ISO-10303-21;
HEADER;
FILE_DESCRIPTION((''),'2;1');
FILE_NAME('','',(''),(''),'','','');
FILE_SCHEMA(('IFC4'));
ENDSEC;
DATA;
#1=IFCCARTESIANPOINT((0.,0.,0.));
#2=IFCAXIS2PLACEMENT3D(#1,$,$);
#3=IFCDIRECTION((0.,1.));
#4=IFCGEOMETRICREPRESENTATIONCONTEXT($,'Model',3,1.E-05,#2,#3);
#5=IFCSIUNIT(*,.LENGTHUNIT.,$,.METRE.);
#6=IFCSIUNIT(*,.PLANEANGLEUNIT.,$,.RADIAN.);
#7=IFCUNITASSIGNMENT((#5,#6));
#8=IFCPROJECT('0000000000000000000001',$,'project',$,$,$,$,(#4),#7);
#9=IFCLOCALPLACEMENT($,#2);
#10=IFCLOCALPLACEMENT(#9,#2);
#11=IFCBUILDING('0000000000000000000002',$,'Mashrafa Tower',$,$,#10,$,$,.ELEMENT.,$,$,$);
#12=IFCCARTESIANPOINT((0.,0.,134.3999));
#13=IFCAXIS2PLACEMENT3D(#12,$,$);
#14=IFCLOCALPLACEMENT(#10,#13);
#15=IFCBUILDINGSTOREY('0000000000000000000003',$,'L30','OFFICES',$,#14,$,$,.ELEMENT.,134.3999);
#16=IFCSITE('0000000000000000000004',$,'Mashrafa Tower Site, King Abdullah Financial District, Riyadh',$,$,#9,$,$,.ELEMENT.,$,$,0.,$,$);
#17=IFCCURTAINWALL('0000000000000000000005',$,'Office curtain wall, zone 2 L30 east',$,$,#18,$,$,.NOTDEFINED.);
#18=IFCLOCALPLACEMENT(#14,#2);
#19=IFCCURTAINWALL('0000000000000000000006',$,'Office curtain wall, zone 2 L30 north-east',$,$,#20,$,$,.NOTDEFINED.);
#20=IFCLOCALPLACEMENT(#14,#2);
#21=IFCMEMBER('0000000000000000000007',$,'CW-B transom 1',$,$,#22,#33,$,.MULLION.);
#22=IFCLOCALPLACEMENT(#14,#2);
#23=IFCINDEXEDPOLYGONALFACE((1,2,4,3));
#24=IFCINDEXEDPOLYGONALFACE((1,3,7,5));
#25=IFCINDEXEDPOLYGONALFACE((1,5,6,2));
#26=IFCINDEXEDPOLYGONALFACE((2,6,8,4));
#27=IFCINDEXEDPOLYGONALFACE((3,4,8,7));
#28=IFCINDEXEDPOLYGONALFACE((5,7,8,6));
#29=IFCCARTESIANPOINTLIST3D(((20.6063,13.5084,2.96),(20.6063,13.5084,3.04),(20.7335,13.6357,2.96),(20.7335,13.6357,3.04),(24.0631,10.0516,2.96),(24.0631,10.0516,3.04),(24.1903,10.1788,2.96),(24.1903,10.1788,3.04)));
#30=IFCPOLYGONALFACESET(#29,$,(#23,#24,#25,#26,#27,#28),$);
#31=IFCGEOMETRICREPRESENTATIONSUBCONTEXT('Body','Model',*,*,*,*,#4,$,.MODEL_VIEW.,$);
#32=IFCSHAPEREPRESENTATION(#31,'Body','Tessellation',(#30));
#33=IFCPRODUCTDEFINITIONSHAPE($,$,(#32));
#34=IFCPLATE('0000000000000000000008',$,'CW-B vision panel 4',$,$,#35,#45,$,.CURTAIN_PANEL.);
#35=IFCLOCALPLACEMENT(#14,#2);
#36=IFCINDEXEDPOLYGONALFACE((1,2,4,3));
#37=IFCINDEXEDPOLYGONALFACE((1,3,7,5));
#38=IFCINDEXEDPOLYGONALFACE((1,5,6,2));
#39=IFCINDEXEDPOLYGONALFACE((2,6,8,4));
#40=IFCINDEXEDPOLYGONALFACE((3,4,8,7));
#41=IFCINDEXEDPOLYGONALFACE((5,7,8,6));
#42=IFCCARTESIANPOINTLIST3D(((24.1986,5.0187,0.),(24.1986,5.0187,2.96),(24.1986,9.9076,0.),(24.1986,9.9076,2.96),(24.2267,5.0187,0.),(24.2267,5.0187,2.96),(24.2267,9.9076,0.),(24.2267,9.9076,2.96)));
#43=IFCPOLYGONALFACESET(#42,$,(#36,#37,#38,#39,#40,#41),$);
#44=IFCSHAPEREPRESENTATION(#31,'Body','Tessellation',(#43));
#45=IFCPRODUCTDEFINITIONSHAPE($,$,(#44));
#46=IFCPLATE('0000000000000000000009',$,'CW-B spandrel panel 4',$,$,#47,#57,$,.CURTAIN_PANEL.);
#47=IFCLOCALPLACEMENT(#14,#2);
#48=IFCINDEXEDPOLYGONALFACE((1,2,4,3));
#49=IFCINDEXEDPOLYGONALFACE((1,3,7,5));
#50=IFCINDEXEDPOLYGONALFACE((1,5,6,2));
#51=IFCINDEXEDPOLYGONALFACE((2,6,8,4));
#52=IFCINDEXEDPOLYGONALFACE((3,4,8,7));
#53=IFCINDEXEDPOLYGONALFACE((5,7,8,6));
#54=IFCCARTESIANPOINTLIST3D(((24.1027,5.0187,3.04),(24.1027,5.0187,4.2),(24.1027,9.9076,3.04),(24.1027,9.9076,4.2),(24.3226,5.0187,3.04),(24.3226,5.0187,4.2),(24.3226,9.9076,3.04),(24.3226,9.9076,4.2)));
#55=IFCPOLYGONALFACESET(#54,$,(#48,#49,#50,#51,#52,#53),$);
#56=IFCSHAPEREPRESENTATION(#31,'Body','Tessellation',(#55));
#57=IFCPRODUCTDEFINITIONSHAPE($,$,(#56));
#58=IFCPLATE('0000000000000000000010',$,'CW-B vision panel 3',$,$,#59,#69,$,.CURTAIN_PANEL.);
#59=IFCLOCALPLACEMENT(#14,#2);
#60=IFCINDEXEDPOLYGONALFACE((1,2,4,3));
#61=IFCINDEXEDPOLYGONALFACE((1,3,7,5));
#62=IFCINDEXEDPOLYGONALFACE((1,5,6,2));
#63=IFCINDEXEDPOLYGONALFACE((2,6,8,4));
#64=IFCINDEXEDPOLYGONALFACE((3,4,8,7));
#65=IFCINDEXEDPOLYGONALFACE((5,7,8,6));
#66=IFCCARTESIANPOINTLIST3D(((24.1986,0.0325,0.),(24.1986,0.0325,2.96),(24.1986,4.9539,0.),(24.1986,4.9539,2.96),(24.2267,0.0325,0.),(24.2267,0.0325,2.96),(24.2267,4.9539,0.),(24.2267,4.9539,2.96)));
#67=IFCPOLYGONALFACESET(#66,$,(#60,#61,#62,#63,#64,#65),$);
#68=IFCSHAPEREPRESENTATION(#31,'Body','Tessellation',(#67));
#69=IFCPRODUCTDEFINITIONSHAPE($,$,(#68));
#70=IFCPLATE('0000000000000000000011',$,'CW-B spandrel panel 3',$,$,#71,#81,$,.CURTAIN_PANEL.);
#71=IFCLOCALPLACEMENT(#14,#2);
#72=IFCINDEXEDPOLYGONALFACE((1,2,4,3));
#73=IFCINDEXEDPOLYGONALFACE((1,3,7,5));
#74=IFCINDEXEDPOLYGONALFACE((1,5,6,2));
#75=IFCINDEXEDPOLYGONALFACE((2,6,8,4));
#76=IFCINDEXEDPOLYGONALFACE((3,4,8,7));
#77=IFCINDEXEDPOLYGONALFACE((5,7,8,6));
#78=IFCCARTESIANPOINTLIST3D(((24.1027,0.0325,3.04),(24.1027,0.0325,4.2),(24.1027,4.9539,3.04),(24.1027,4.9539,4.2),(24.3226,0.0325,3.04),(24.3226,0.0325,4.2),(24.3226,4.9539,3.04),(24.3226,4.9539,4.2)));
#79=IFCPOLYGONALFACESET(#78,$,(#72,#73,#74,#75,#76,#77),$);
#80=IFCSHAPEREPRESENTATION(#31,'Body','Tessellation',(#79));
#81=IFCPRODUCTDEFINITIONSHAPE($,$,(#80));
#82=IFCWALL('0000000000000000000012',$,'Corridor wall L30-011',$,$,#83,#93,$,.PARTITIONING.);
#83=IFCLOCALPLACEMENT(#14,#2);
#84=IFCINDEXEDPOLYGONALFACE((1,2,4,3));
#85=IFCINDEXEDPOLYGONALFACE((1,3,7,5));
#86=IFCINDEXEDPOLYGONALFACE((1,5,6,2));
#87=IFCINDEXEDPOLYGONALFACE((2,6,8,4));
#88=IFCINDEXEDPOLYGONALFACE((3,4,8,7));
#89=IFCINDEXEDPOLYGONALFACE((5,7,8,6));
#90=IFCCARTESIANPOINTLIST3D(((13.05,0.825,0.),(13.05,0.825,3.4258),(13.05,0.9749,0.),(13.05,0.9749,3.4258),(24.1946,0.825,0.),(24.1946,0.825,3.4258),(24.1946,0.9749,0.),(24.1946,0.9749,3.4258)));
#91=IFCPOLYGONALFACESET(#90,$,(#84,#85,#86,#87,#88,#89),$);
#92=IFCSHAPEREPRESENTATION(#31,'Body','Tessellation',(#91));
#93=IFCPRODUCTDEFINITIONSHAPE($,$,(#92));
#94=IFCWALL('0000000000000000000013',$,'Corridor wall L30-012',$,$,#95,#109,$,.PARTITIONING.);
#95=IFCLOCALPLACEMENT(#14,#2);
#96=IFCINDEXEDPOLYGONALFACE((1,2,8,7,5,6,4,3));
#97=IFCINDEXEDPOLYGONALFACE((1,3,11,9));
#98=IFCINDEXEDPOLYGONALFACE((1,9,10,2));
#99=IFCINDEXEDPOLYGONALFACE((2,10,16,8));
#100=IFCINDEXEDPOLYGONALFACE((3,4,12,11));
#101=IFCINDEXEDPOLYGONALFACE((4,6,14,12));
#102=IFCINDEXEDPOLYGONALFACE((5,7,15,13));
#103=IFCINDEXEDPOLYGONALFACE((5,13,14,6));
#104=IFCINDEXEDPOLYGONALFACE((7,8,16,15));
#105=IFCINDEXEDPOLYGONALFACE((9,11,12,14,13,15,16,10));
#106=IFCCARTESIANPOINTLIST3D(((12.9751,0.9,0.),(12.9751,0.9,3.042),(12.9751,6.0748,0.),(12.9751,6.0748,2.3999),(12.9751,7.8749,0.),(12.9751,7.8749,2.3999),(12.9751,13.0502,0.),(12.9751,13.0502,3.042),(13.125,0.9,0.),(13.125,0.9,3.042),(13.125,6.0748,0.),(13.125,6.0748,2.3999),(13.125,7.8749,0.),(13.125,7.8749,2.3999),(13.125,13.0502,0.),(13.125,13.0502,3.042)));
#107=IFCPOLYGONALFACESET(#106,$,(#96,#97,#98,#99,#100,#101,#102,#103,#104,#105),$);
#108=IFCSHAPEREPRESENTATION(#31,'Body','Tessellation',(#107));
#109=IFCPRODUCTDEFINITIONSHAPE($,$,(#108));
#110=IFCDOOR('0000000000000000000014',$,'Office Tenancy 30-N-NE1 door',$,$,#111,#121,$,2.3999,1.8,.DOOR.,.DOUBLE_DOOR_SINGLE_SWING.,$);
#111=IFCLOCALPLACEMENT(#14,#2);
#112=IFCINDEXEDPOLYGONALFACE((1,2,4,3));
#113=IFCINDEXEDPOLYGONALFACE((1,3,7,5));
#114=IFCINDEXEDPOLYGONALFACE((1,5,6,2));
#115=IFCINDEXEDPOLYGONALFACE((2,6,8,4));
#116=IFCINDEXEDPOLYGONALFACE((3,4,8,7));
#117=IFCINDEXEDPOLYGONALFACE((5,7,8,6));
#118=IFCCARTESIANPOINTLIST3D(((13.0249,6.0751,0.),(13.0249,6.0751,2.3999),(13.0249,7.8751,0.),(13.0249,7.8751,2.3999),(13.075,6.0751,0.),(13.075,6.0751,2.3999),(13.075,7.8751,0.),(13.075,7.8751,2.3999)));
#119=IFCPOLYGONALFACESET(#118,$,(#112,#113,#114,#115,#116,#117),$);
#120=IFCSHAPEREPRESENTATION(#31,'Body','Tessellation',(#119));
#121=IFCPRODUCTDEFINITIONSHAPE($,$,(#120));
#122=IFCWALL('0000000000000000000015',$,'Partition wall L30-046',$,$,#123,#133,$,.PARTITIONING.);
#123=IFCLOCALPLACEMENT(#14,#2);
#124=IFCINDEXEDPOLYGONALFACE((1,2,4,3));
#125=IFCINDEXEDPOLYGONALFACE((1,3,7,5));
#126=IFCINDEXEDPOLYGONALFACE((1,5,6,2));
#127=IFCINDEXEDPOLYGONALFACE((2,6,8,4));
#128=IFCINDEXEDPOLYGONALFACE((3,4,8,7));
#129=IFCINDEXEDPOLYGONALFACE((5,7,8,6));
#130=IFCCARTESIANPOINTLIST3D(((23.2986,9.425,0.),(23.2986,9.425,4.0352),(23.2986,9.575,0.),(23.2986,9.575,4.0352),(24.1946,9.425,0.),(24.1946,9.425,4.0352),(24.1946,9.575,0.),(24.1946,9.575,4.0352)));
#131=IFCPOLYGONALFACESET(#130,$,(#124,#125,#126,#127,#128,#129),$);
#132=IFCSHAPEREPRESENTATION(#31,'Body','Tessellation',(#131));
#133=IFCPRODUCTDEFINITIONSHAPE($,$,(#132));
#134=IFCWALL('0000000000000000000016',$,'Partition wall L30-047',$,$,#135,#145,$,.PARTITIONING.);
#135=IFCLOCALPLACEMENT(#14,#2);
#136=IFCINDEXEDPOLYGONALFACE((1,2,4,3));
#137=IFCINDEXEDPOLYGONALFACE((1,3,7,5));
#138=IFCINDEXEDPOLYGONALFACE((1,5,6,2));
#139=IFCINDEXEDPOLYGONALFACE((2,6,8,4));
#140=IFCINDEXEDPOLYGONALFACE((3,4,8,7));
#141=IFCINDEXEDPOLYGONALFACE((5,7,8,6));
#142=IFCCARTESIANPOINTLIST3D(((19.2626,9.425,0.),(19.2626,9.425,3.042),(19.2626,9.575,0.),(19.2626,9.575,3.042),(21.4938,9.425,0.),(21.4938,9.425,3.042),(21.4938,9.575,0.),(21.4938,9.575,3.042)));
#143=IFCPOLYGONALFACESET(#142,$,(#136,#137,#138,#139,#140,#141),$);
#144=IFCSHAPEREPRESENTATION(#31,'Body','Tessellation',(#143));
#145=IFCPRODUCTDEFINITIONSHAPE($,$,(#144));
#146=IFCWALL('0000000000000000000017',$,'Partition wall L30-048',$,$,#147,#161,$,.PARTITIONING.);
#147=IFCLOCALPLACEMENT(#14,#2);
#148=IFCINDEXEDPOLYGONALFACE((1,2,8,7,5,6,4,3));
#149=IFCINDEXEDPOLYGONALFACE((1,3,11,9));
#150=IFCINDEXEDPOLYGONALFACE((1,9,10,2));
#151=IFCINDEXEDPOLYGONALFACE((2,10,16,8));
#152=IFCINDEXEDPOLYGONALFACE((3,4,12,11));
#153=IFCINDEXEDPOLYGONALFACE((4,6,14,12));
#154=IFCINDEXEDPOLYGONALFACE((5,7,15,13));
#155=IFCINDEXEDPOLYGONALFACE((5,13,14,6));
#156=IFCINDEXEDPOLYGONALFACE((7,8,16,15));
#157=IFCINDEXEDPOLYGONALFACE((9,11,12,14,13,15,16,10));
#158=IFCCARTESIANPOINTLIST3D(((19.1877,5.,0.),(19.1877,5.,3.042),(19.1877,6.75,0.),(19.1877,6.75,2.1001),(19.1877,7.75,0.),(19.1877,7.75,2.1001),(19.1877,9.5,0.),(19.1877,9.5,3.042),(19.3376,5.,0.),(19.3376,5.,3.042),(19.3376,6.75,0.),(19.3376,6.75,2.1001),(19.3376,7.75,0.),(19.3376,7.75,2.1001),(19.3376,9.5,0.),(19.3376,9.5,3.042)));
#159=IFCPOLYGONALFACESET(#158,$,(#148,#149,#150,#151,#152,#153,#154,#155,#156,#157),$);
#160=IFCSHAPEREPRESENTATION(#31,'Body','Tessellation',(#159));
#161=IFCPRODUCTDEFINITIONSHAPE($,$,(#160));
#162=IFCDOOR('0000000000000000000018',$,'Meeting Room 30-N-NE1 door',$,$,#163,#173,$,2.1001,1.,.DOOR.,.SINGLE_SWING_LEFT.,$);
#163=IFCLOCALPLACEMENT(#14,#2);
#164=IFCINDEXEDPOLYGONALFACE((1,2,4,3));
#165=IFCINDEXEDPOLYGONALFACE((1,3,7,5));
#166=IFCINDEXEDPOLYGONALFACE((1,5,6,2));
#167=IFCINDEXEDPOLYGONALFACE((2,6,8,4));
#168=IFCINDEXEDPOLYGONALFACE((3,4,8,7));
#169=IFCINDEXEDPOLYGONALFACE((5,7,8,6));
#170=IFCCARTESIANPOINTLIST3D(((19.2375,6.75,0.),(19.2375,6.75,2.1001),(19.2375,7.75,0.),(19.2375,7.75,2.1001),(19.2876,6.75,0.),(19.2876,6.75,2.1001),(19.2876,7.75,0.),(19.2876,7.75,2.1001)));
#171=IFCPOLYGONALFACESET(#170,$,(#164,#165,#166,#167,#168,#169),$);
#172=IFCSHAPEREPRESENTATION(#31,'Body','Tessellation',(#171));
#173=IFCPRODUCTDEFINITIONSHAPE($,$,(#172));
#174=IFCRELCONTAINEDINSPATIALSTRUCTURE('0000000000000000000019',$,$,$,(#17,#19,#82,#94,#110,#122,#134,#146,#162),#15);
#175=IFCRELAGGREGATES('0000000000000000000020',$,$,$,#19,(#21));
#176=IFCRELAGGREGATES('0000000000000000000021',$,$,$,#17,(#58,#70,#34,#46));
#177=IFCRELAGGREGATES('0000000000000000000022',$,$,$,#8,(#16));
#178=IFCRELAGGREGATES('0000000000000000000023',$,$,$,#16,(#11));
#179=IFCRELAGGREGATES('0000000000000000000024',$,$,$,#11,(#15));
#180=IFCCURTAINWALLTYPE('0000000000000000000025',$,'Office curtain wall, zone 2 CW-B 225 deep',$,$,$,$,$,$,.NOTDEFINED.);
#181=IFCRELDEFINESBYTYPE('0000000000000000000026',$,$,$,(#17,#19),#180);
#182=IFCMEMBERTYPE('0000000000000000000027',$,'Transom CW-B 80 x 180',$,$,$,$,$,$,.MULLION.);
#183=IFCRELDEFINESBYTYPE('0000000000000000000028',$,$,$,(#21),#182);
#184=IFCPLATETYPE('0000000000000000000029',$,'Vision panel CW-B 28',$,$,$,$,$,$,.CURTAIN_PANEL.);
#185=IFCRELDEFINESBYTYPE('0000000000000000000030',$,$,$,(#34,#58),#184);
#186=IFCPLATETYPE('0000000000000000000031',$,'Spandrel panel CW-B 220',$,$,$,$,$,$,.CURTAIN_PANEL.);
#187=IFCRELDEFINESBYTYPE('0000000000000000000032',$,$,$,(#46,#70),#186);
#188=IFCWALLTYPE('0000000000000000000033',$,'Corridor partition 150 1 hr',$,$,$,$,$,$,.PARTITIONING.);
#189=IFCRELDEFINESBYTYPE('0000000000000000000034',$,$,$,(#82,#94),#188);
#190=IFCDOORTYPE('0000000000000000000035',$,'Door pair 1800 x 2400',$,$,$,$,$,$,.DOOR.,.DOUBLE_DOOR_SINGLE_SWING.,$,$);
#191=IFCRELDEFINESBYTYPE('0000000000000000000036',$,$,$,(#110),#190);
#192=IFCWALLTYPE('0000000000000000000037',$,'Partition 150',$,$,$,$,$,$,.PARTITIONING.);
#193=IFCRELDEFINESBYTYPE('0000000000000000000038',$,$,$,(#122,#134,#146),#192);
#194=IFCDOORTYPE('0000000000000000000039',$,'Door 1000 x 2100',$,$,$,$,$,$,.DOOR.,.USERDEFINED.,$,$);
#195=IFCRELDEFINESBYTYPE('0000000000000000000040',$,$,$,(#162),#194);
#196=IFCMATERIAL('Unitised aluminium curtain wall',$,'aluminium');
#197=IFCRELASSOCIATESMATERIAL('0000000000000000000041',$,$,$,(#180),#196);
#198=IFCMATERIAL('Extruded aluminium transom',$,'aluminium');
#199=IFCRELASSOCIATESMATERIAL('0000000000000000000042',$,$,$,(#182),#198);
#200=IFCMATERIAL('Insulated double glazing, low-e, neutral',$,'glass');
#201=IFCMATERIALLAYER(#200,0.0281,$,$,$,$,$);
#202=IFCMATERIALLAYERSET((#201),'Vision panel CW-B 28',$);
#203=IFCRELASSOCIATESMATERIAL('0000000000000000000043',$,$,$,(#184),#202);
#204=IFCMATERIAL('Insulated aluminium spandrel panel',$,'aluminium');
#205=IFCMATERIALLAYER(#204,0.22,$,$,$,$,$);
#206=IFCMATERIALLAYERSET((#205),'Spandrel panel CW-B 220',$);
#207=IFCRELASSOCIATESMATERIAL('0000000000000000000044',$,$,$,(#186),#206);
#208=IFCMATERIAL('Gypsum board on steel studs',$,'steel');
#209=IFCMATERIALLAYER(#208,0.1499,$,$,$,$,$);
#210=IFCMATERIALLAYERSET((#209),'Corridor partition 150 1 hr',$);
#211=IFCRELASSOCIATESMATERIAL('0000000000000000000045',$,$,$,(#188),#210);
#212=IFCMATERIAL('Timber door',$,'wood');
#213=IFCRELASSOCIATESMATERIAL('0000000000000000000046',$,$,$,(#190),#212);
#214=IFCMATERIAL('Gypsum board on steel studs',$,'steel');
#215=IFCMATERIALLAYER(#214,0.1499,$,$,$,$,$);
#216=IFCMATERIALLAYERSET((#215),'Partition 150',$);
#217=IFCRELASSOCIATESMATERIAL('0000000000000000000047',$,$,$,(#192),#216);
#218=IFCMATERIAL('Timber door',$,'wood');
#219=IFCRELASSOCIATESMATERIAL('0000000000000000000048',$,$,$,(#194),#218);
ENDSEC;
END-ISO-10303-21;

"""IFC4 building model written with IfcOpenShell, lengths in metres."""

from ifc_helpers import new_model, si_unit, direction, frame, frame_2d, origin, origin_2d, place, context, subcontext, project, spatial, rectangle, extrude, source, transform, mapped, material, layer, layer_set, material_profile, profile_set, type_object, type_shapes, element, fill, aggregate, save


model = new_model("IFC4")

# Units and contexts
model_context = context("Model", 3, precision=1e-05, world=origin(), true_north=direction((0.0, 1.0)))
body_context = subcontext(model_context, "Body", "Model", "MODEL_VIEW")
ifc_project = project(units=[si_unit("LENGTHUNIT", "METRE"), si_unit("PLANEANGLEUNIT", "RADIAN")], contexts=[model_context])

# Site, building, storey
site_placement = place(None, origin())
site = spatial("IfcSite", under=ifc_project, at=site_placement, Name="Mashrafa Tower Site, King Abdullah Financial District, Riyadh", CompositionType="ELEMENT", RefElevation=0.0)
building_placement = place(site_placement, origin())
building = spatial("IfcBuilding", under=site, at=building_placement, Name="Mashrafa Tower", CompositionType="ELEMENT")
storey_placement = place(building_placement, frame((0.0, 0.0, 134.3999)))
storey = spatial("IfcBuildingStorey", under=building, at=storey_placement, Name="L30", Description="OFFICES", CompositionType="ELEMENT", Elevation=134.3999)

# Curtain wall
ifc_material_1 = material(Name="Unitised aluminium curtain wall", Category="aluminium")
curtain_wall_type = type_object("IfcCurtainWallType", Name="Office curtain wall, zone 2 CW-B 225 deep", PredefinedType="NOTDEFINED", material=ifc_material_1)
curtain_wall_1_placement = place(storey_placement, origin())
curtain_wall_1 = element("IfcCurtainWall", 1, at=curtain_wall_1_placement, inside=storey, type_object=curtain_wall_type, Name="Office curtain wall, zone 2 L30 east", PredefinedType="NOTDEFINED")

# Curtain wall
curtain_wall_2_placement = place(storey_placement, origin())
curtain_wall_2 = element("IfcCurtainWall", 2, at=curtain_wall_2_placement, inside=storey, type_object=curtain_wall_type, Name="Office curtain wall, zone 2 L30 north-east", PredefinedType="NOTDEFINED")

# Member
ifc_material_2 = material(Name="Extruded aluminium transom", Category="aluminium")
ifc_material_profile_1 = material_profile(ifc_material_2, rectangle(XDim=0.1799, YDim=0.0801, at=origin_2d()), Name="Transom 80x180")
ifc_profile_set_1 = profile_set([ifc_material_profile_1], Name="Extruded aluminium transom")
member_type_1 = type_object("IfcMemberType", Name="Transom CW-B 80 x 180", PredefinedType="MULLION", material=ifc_profile_set_1)
shared_shape_1 = source(origin(), body_context, "Body", "SweptSolid", [
    extrude(rectangle(XDim=0.1799, YDim=0.0801, at=origin_2d()), origin(), (0.0, 0.0, 1.0), 4.8887),
])
member_1_placement = place(storey_placement, frame((24.1267, 10.1152, 3.0), z_axis=(-0.707107, 0.707107, 0.0), x_axis=(-0.707107, -0.707107, 0.0)))
member_1 = element("IfcMember", 3, at=member_1_placement, type_object=member_type_1, Name="CW-B transom 1", PredefinedType="MULLION", context=body_context, shape_type="MappedRepresentation", body=[
    mapped(shared_shape_1, transform((0.0, 0.0, 0.0))),
])
aggregate(curtain_wall_2, [member_1])

# Plates
ifc_material_3 = material(Name="Insulated double glazing, low-e, neutral", Category="glass")
ifc_layer_1 = layer(ifc_material_3, 0.0281)
ifc_layer_set_1 = layer_set([ifc_layer_1], Name="Vision panel CW-B 28")
plate_type_1 = type_object("IfcPlateType", Name="Vision panel CW-B 28", PredefinedType="CURTAIN_PANEL", material=ifc_layer_set_1)
shared_shape_2 = source(origin(), body_context, "Body", "SweptSolid", [
    extrude(rectangle(XDim=4.8889, YDim=0.0281, at=origin_2d()), origin(), (0.0, 0.0, 1.0), 2.96),
])
plate_1_placement = place(storey_placement, frame((24.2126, 7.4631, 0.0), z_axis=(0.0, 0.0, 1.0), x_axis=(0.0, 1.0, 0.0)))
plate_1 = element("IfcPlate", 4, at=plate_1_placement, type_object=plate_type_1, Name="CW-B vision panel 4", PredefinedType="CURTAIN_PANEL", context=body_context, shape_type="MappedRepresentation", body=[
    mapped(shared_shape_2, transform((0.0, 0.0, 0.0))),
])
ifc_material_4 = material(Name="Insulated aluminium spandrel panel", Category="aluminium")
ifc_layer_2 = layer(ifc_material_4, 0.22)
ifc_layer_set_2 = layer_set([ifc_layer_2], Name="Spandrel panel CW-B 220")
plate_type_2 = type_object("IfcPlateType", Name="Spandrel panel CW-B 220", PredefinedType="CURTAIN_PANEL", material=ifc_layer_set_2)
shared_shape_3 = source(origin(), body_context, "Body", "SweptSolid", [
    extrude(rectangle(XDim=4.8889, YDim=0.22, at=origin_2d()), origin(), (0.0, 0.0, 1.0), 1.1599),
])
plate_2_placement = place(storey_placement, frame((24.2126, 7.4631, 3.04), z_axis=(0.0, 0.0, 1.0), x_axis=(0.0, 1.0, 0.0)))
plate_2 = element("IfcPlate", 5, at=plate_2_placement, type_object=plate_type_2, Name="CW-B spandrel panel 4", PredefinedType="CURTAIN_PANEL", context=body_context, shape_type="MappedRepresentation", body=[
    mapped(shared_shape_3, transform((0.0, 0.0, 0.0))),
])
shared_shape_4 = source(origin(), body_context, "Body", "SweptSolid", [
    extrude(rectangle(XDim=4.9214, YDim=0.0281, at=origin_2d()), origin(), (0.0, 0.0, 1.0), 2.96),
])
type_shapes(plate_type_1, [shared_shape_2, shared_shape_4])
plate_3_placement = place(storey_placement, frame((24.2126, 2.4932, 0.0), z_axis=(0.0, 0.0, 1.0), x_axis=(0.0, 1.0, 0.0)))
plate_3 = element("IfcPlate", 6, at=plate_3_placement, type_object=plate_type_1, Name="CW-B vision panel 3", PredefinedType="CURTAIN_PANEL", context=body_context, shape_type="MappedRepresentation", body=[
    mapped(shared_shape_4, transform((0.0, 0.0, 0.0))),
])
shared_shape_5 = source(origin(), body_context, "Body", "SweptSolid", [
    extrude(rectangle(XDim=4.9214, YDim=0.22, at=origin_2d()), origin(), (0.0, 0.0, 1.0), 1.1599),
])
type_shapes(plate_type_2, [shared_shape_3, shared_shape_5])
plate_4_placement = place(storey_placement, frame((24.2126, 2.4932, 3.04), z_axis=(0.0, 0.0, 1.0), x_axis=(0.0, 1.0, 0.0)))
plate_4 = element("IfcPlate", 7, at=plate_4_placement, type_object=plate_type_2, Name="CW-B spandrel panel 3", PredefinedType="CURTAIN_PANEL", context=body_context, shape_type="MappedRepresentation", body=[
    mapped(shared_shape_5, transform((0.0, 0.0, 0.0))),
])
aggregate(curtain_wall_1, [plate_3, plate_4, plate_1, plate_2])

# Wall
ifc_material_5 = material(Name="Gypsum board on steel studs", Category="steel")
ifc_layer_3 = layer(ifc_material_5, 0.1499)
ifc_layer_set_3 = layer_set([ifc_layer_3], Name="Corridor partition 150 1 hr")
wall_type_1 = type_object("IfcWallType", Name="Corridor partition 150 1 hr", PredefinedType="PARTITIONING", material=ifc_layer_set_3)
wall_1_placement = place(storey_placement, frame((24.1946, 0.8999, 0.0), z_axis=(0.0, 0.0, 1.0), x_axis=(-1.0, 0.0, 0.0)))
element("IfcWall", 8, at=wall_1_placement, inside=storey, type_object=wall_type_1, Name="Corridor wall L30-011", PredefinedType="PARTITIONING", context=body_context, shape_type="SweptSolid", body=[
    extrude(rectangle(XDim=11.1445, YDim=0.1499, at=frame_2d((5.5723, 0.0))), origin(), (0.0, 0.0, 1.0), 3.4258),
])

# Wall, opening, door
wall_2_placement = place(storey_placement, frame((13.05, 0.8999, 0.0), z_axis=(0.0, 0.0, 1.0), x_axis=(0.0, 1.0, 0.0)))
wall_2 = element("IfcWall", 9, at=wall_2_placement, inside=storey, type_object=wall_type_1, Name="Corridor wall L30-012", PredefinedType="PARTITIONING", context=body_context, shape_type="SweptSolid", body=[
    extrude(rectangle(XDim=12.1501, YDim=0.1499, at=frame_2d((6.0752, 0.0))), origin(), (0.0, 0.0, 1.0), 3.042),
])
opening_1_placement = place(wall_2_placement, frame((5.175, 0.0, 0.0)))
opening_1 = element("IfcOpeningElement", 10, at=opening_1_placement, cuts=wall_2, PredefinedType="OPENING", context=body_context, shape_type="SweptSolid", body=[
    extrude(rectangle(XDim=1.8, YDim=2.3999, at=frame_2d((0.8999, 1.2))), frame((0.0, 0.085, 0.0), z_axis=(0.0, -1.0, 0.0), x_axis=(1.0, 0.0, 0.0)), (0.0, 0.0, 1.0), 0.1699),
])
ifc_material_6 = material(Name="Timber door", Category="wood")
door_type_1 = type_object("IfcDoorType", Name="Door pair 1800 x 2400", OperationType="DOUBLE_DOOR_SINGLE_SWING", PredefinedType="DOOR", material=ifc_material_6)
door_1_placement = place(opening_1_placement, frame((1.8, 0.0, 0.0), z_axis=(0.0, 0.0, 1.0), x_axis=(-1.0, 0.0, 0.0)))
door_1 = element("IfcDoor", 11, at=door_1_placement, inside=storey, type_object=door_type_1, Name="Office Tenancy 30-N-NE1 door", OperationType="DOUBLE_DOOR_SINGLE_SWING", OverallHeight=2.3999, OverallWidth=1.8, PredefinedType="DOOR", context=body_context, shape_type="SweptSolid", body=[
    extrude(rectangle(XDim=1.8, YDim=2.3999, at=frame_2d((0.8999, 1.2))), frame((0.0, 0.0249, 0.0), z_axis=(0.0, -1.0, 0.0), x_axis=(1.0, 0.0, 0.0)), (0.0, 0.0, 1.0), 0.05),
])
fill(opening_1, door_1)

# Walls
ifc_material_7 = material(Name="Gypsum board on steel studs", Category="steel")
ifc_layer_4 = layer(ifc_material_7, 0.1499)
ifc_layer_set_4 = layer_set([ifc_layer_4], Name="Partition 150")
wall_type_2 = type_object("IfcWallType", Name="Partition 150", PredefinedType="PARTITIONING", material=ifc_layer_set_4)
wall_3_placement = place(storey_placement, frame((24.1946, 9.5, 0.0), z_axis=(0.0, 0.0, 1.0), x_axis=(-1.0, 0.0, 0.0)))
element("IfcWall", 12, at=wall_3_placement, inside=storey, type_object=wall_type_2, Name="Partition wall L30-046", PredefinedType="PARTITIONING", context=body_context, shape_type="SweptSolid", body=[
    extrude(rectangle(XDim=0.896, YDim=0.1499, at=frame_2d((0.448, 0.0))), origin(), (0.0, 0.0, 1.0), 4.0352),
])
wall_4_placement = place(storey_placement, frame((21.4939, 9.5, 0.0), z_axis=(0.0, 0.0, 1.0), x_axis=(-1.0, 0.0, 0.0)))
element("IfcWall", 13, at=wall_4_placement, inside=storey, type_object=wall_type_2, Name="Partition wall L30-047", PredefinedType="PARTITIONING", context=body_context, shape_type="SweptSolid", body=[
    extrude(rectangle(XDim=2.2312, YDim=0.1499, at=frame_2d((1.1157, 0.0))), origin(), (0.0, 0.0, 1.0), 3.042),
])

# Wall, opening, door
wall_5_placement = place(storey_placement, frame((19.2627, 9.5, 0.0), z_axis=(0.0, 0.0, 1.0), x_axis=(0.0, -1.0, 0.0)))
wall_5 = element("IfcWall", 14, at=wall_5_placement, inside=storey, type_object=wall_type_2, Name="Partition wall L30-048", PredefinedType="PARTITIONING", context=body_context, shape_type="SweptSolid", body=[
    extrude(rectangle(XDim=4.5, YDim=0.1499, at=frame_2d((2.25, 0.0))), origin(), (0.0, 0.0, 1.0), 3.042),
])
opening_2_placement = place(wall_5_placement, frame((1.75, 0.0, 0.0)))
opening_2 = element("IfcOpeningElement", 15, at=opening_2_placement, cuts=wall_5, PredefinedType="OPENING", context=body_context, shape_type="SweptSolid", body=[
    extrude(rectangle(XDim=1.0, YDim=2.1001, at=frame_2d((0.5, 1.05))), frame((0.0, 0.085, 0.0), z_axis=(0.0, -1.0, 0.0), x_axis=(1.0, 0.0, 0.0)), (0.0, 0.0, 1.0), 0.1699),
])
ifc_material_8 = material(Name="Timber door", Category="wood")
door_type_2 = type_object("IfcDoorType", Name="Door 1000 x 2100", OperationType="USERDEFINED", PredefinedType="DOOR", material=ifc_material_8)
door_2_placement = place(opening_2_placement, origin())
door_2 = element("IfcDoor", 16, at=door_2_placement, inside=storey, type_object=door_type_2, Name="Meeting Room 30-N-NE1 door", OperationType="SINGLE_SWING_LEFT", OverallHeight=2.1001, OverallWidth=1.0, PredefinedType="DOOR", context=body_context, shape_type="SweptSolid", body=[
    extrude(rectangle(XDim=1.0, YDim=2.1001, at=frame_2d((0.5, 1.05))), frame((0.0, 0.0249, 0.0), z_axis=(0.0, -1.0, 0.0), x_axis=(1.0, 0.0, 0.0)), (0.0, 0.0, 1.0), 0.05),
])
fill(opening_2, door_2)

save(model, "model.ifc")
